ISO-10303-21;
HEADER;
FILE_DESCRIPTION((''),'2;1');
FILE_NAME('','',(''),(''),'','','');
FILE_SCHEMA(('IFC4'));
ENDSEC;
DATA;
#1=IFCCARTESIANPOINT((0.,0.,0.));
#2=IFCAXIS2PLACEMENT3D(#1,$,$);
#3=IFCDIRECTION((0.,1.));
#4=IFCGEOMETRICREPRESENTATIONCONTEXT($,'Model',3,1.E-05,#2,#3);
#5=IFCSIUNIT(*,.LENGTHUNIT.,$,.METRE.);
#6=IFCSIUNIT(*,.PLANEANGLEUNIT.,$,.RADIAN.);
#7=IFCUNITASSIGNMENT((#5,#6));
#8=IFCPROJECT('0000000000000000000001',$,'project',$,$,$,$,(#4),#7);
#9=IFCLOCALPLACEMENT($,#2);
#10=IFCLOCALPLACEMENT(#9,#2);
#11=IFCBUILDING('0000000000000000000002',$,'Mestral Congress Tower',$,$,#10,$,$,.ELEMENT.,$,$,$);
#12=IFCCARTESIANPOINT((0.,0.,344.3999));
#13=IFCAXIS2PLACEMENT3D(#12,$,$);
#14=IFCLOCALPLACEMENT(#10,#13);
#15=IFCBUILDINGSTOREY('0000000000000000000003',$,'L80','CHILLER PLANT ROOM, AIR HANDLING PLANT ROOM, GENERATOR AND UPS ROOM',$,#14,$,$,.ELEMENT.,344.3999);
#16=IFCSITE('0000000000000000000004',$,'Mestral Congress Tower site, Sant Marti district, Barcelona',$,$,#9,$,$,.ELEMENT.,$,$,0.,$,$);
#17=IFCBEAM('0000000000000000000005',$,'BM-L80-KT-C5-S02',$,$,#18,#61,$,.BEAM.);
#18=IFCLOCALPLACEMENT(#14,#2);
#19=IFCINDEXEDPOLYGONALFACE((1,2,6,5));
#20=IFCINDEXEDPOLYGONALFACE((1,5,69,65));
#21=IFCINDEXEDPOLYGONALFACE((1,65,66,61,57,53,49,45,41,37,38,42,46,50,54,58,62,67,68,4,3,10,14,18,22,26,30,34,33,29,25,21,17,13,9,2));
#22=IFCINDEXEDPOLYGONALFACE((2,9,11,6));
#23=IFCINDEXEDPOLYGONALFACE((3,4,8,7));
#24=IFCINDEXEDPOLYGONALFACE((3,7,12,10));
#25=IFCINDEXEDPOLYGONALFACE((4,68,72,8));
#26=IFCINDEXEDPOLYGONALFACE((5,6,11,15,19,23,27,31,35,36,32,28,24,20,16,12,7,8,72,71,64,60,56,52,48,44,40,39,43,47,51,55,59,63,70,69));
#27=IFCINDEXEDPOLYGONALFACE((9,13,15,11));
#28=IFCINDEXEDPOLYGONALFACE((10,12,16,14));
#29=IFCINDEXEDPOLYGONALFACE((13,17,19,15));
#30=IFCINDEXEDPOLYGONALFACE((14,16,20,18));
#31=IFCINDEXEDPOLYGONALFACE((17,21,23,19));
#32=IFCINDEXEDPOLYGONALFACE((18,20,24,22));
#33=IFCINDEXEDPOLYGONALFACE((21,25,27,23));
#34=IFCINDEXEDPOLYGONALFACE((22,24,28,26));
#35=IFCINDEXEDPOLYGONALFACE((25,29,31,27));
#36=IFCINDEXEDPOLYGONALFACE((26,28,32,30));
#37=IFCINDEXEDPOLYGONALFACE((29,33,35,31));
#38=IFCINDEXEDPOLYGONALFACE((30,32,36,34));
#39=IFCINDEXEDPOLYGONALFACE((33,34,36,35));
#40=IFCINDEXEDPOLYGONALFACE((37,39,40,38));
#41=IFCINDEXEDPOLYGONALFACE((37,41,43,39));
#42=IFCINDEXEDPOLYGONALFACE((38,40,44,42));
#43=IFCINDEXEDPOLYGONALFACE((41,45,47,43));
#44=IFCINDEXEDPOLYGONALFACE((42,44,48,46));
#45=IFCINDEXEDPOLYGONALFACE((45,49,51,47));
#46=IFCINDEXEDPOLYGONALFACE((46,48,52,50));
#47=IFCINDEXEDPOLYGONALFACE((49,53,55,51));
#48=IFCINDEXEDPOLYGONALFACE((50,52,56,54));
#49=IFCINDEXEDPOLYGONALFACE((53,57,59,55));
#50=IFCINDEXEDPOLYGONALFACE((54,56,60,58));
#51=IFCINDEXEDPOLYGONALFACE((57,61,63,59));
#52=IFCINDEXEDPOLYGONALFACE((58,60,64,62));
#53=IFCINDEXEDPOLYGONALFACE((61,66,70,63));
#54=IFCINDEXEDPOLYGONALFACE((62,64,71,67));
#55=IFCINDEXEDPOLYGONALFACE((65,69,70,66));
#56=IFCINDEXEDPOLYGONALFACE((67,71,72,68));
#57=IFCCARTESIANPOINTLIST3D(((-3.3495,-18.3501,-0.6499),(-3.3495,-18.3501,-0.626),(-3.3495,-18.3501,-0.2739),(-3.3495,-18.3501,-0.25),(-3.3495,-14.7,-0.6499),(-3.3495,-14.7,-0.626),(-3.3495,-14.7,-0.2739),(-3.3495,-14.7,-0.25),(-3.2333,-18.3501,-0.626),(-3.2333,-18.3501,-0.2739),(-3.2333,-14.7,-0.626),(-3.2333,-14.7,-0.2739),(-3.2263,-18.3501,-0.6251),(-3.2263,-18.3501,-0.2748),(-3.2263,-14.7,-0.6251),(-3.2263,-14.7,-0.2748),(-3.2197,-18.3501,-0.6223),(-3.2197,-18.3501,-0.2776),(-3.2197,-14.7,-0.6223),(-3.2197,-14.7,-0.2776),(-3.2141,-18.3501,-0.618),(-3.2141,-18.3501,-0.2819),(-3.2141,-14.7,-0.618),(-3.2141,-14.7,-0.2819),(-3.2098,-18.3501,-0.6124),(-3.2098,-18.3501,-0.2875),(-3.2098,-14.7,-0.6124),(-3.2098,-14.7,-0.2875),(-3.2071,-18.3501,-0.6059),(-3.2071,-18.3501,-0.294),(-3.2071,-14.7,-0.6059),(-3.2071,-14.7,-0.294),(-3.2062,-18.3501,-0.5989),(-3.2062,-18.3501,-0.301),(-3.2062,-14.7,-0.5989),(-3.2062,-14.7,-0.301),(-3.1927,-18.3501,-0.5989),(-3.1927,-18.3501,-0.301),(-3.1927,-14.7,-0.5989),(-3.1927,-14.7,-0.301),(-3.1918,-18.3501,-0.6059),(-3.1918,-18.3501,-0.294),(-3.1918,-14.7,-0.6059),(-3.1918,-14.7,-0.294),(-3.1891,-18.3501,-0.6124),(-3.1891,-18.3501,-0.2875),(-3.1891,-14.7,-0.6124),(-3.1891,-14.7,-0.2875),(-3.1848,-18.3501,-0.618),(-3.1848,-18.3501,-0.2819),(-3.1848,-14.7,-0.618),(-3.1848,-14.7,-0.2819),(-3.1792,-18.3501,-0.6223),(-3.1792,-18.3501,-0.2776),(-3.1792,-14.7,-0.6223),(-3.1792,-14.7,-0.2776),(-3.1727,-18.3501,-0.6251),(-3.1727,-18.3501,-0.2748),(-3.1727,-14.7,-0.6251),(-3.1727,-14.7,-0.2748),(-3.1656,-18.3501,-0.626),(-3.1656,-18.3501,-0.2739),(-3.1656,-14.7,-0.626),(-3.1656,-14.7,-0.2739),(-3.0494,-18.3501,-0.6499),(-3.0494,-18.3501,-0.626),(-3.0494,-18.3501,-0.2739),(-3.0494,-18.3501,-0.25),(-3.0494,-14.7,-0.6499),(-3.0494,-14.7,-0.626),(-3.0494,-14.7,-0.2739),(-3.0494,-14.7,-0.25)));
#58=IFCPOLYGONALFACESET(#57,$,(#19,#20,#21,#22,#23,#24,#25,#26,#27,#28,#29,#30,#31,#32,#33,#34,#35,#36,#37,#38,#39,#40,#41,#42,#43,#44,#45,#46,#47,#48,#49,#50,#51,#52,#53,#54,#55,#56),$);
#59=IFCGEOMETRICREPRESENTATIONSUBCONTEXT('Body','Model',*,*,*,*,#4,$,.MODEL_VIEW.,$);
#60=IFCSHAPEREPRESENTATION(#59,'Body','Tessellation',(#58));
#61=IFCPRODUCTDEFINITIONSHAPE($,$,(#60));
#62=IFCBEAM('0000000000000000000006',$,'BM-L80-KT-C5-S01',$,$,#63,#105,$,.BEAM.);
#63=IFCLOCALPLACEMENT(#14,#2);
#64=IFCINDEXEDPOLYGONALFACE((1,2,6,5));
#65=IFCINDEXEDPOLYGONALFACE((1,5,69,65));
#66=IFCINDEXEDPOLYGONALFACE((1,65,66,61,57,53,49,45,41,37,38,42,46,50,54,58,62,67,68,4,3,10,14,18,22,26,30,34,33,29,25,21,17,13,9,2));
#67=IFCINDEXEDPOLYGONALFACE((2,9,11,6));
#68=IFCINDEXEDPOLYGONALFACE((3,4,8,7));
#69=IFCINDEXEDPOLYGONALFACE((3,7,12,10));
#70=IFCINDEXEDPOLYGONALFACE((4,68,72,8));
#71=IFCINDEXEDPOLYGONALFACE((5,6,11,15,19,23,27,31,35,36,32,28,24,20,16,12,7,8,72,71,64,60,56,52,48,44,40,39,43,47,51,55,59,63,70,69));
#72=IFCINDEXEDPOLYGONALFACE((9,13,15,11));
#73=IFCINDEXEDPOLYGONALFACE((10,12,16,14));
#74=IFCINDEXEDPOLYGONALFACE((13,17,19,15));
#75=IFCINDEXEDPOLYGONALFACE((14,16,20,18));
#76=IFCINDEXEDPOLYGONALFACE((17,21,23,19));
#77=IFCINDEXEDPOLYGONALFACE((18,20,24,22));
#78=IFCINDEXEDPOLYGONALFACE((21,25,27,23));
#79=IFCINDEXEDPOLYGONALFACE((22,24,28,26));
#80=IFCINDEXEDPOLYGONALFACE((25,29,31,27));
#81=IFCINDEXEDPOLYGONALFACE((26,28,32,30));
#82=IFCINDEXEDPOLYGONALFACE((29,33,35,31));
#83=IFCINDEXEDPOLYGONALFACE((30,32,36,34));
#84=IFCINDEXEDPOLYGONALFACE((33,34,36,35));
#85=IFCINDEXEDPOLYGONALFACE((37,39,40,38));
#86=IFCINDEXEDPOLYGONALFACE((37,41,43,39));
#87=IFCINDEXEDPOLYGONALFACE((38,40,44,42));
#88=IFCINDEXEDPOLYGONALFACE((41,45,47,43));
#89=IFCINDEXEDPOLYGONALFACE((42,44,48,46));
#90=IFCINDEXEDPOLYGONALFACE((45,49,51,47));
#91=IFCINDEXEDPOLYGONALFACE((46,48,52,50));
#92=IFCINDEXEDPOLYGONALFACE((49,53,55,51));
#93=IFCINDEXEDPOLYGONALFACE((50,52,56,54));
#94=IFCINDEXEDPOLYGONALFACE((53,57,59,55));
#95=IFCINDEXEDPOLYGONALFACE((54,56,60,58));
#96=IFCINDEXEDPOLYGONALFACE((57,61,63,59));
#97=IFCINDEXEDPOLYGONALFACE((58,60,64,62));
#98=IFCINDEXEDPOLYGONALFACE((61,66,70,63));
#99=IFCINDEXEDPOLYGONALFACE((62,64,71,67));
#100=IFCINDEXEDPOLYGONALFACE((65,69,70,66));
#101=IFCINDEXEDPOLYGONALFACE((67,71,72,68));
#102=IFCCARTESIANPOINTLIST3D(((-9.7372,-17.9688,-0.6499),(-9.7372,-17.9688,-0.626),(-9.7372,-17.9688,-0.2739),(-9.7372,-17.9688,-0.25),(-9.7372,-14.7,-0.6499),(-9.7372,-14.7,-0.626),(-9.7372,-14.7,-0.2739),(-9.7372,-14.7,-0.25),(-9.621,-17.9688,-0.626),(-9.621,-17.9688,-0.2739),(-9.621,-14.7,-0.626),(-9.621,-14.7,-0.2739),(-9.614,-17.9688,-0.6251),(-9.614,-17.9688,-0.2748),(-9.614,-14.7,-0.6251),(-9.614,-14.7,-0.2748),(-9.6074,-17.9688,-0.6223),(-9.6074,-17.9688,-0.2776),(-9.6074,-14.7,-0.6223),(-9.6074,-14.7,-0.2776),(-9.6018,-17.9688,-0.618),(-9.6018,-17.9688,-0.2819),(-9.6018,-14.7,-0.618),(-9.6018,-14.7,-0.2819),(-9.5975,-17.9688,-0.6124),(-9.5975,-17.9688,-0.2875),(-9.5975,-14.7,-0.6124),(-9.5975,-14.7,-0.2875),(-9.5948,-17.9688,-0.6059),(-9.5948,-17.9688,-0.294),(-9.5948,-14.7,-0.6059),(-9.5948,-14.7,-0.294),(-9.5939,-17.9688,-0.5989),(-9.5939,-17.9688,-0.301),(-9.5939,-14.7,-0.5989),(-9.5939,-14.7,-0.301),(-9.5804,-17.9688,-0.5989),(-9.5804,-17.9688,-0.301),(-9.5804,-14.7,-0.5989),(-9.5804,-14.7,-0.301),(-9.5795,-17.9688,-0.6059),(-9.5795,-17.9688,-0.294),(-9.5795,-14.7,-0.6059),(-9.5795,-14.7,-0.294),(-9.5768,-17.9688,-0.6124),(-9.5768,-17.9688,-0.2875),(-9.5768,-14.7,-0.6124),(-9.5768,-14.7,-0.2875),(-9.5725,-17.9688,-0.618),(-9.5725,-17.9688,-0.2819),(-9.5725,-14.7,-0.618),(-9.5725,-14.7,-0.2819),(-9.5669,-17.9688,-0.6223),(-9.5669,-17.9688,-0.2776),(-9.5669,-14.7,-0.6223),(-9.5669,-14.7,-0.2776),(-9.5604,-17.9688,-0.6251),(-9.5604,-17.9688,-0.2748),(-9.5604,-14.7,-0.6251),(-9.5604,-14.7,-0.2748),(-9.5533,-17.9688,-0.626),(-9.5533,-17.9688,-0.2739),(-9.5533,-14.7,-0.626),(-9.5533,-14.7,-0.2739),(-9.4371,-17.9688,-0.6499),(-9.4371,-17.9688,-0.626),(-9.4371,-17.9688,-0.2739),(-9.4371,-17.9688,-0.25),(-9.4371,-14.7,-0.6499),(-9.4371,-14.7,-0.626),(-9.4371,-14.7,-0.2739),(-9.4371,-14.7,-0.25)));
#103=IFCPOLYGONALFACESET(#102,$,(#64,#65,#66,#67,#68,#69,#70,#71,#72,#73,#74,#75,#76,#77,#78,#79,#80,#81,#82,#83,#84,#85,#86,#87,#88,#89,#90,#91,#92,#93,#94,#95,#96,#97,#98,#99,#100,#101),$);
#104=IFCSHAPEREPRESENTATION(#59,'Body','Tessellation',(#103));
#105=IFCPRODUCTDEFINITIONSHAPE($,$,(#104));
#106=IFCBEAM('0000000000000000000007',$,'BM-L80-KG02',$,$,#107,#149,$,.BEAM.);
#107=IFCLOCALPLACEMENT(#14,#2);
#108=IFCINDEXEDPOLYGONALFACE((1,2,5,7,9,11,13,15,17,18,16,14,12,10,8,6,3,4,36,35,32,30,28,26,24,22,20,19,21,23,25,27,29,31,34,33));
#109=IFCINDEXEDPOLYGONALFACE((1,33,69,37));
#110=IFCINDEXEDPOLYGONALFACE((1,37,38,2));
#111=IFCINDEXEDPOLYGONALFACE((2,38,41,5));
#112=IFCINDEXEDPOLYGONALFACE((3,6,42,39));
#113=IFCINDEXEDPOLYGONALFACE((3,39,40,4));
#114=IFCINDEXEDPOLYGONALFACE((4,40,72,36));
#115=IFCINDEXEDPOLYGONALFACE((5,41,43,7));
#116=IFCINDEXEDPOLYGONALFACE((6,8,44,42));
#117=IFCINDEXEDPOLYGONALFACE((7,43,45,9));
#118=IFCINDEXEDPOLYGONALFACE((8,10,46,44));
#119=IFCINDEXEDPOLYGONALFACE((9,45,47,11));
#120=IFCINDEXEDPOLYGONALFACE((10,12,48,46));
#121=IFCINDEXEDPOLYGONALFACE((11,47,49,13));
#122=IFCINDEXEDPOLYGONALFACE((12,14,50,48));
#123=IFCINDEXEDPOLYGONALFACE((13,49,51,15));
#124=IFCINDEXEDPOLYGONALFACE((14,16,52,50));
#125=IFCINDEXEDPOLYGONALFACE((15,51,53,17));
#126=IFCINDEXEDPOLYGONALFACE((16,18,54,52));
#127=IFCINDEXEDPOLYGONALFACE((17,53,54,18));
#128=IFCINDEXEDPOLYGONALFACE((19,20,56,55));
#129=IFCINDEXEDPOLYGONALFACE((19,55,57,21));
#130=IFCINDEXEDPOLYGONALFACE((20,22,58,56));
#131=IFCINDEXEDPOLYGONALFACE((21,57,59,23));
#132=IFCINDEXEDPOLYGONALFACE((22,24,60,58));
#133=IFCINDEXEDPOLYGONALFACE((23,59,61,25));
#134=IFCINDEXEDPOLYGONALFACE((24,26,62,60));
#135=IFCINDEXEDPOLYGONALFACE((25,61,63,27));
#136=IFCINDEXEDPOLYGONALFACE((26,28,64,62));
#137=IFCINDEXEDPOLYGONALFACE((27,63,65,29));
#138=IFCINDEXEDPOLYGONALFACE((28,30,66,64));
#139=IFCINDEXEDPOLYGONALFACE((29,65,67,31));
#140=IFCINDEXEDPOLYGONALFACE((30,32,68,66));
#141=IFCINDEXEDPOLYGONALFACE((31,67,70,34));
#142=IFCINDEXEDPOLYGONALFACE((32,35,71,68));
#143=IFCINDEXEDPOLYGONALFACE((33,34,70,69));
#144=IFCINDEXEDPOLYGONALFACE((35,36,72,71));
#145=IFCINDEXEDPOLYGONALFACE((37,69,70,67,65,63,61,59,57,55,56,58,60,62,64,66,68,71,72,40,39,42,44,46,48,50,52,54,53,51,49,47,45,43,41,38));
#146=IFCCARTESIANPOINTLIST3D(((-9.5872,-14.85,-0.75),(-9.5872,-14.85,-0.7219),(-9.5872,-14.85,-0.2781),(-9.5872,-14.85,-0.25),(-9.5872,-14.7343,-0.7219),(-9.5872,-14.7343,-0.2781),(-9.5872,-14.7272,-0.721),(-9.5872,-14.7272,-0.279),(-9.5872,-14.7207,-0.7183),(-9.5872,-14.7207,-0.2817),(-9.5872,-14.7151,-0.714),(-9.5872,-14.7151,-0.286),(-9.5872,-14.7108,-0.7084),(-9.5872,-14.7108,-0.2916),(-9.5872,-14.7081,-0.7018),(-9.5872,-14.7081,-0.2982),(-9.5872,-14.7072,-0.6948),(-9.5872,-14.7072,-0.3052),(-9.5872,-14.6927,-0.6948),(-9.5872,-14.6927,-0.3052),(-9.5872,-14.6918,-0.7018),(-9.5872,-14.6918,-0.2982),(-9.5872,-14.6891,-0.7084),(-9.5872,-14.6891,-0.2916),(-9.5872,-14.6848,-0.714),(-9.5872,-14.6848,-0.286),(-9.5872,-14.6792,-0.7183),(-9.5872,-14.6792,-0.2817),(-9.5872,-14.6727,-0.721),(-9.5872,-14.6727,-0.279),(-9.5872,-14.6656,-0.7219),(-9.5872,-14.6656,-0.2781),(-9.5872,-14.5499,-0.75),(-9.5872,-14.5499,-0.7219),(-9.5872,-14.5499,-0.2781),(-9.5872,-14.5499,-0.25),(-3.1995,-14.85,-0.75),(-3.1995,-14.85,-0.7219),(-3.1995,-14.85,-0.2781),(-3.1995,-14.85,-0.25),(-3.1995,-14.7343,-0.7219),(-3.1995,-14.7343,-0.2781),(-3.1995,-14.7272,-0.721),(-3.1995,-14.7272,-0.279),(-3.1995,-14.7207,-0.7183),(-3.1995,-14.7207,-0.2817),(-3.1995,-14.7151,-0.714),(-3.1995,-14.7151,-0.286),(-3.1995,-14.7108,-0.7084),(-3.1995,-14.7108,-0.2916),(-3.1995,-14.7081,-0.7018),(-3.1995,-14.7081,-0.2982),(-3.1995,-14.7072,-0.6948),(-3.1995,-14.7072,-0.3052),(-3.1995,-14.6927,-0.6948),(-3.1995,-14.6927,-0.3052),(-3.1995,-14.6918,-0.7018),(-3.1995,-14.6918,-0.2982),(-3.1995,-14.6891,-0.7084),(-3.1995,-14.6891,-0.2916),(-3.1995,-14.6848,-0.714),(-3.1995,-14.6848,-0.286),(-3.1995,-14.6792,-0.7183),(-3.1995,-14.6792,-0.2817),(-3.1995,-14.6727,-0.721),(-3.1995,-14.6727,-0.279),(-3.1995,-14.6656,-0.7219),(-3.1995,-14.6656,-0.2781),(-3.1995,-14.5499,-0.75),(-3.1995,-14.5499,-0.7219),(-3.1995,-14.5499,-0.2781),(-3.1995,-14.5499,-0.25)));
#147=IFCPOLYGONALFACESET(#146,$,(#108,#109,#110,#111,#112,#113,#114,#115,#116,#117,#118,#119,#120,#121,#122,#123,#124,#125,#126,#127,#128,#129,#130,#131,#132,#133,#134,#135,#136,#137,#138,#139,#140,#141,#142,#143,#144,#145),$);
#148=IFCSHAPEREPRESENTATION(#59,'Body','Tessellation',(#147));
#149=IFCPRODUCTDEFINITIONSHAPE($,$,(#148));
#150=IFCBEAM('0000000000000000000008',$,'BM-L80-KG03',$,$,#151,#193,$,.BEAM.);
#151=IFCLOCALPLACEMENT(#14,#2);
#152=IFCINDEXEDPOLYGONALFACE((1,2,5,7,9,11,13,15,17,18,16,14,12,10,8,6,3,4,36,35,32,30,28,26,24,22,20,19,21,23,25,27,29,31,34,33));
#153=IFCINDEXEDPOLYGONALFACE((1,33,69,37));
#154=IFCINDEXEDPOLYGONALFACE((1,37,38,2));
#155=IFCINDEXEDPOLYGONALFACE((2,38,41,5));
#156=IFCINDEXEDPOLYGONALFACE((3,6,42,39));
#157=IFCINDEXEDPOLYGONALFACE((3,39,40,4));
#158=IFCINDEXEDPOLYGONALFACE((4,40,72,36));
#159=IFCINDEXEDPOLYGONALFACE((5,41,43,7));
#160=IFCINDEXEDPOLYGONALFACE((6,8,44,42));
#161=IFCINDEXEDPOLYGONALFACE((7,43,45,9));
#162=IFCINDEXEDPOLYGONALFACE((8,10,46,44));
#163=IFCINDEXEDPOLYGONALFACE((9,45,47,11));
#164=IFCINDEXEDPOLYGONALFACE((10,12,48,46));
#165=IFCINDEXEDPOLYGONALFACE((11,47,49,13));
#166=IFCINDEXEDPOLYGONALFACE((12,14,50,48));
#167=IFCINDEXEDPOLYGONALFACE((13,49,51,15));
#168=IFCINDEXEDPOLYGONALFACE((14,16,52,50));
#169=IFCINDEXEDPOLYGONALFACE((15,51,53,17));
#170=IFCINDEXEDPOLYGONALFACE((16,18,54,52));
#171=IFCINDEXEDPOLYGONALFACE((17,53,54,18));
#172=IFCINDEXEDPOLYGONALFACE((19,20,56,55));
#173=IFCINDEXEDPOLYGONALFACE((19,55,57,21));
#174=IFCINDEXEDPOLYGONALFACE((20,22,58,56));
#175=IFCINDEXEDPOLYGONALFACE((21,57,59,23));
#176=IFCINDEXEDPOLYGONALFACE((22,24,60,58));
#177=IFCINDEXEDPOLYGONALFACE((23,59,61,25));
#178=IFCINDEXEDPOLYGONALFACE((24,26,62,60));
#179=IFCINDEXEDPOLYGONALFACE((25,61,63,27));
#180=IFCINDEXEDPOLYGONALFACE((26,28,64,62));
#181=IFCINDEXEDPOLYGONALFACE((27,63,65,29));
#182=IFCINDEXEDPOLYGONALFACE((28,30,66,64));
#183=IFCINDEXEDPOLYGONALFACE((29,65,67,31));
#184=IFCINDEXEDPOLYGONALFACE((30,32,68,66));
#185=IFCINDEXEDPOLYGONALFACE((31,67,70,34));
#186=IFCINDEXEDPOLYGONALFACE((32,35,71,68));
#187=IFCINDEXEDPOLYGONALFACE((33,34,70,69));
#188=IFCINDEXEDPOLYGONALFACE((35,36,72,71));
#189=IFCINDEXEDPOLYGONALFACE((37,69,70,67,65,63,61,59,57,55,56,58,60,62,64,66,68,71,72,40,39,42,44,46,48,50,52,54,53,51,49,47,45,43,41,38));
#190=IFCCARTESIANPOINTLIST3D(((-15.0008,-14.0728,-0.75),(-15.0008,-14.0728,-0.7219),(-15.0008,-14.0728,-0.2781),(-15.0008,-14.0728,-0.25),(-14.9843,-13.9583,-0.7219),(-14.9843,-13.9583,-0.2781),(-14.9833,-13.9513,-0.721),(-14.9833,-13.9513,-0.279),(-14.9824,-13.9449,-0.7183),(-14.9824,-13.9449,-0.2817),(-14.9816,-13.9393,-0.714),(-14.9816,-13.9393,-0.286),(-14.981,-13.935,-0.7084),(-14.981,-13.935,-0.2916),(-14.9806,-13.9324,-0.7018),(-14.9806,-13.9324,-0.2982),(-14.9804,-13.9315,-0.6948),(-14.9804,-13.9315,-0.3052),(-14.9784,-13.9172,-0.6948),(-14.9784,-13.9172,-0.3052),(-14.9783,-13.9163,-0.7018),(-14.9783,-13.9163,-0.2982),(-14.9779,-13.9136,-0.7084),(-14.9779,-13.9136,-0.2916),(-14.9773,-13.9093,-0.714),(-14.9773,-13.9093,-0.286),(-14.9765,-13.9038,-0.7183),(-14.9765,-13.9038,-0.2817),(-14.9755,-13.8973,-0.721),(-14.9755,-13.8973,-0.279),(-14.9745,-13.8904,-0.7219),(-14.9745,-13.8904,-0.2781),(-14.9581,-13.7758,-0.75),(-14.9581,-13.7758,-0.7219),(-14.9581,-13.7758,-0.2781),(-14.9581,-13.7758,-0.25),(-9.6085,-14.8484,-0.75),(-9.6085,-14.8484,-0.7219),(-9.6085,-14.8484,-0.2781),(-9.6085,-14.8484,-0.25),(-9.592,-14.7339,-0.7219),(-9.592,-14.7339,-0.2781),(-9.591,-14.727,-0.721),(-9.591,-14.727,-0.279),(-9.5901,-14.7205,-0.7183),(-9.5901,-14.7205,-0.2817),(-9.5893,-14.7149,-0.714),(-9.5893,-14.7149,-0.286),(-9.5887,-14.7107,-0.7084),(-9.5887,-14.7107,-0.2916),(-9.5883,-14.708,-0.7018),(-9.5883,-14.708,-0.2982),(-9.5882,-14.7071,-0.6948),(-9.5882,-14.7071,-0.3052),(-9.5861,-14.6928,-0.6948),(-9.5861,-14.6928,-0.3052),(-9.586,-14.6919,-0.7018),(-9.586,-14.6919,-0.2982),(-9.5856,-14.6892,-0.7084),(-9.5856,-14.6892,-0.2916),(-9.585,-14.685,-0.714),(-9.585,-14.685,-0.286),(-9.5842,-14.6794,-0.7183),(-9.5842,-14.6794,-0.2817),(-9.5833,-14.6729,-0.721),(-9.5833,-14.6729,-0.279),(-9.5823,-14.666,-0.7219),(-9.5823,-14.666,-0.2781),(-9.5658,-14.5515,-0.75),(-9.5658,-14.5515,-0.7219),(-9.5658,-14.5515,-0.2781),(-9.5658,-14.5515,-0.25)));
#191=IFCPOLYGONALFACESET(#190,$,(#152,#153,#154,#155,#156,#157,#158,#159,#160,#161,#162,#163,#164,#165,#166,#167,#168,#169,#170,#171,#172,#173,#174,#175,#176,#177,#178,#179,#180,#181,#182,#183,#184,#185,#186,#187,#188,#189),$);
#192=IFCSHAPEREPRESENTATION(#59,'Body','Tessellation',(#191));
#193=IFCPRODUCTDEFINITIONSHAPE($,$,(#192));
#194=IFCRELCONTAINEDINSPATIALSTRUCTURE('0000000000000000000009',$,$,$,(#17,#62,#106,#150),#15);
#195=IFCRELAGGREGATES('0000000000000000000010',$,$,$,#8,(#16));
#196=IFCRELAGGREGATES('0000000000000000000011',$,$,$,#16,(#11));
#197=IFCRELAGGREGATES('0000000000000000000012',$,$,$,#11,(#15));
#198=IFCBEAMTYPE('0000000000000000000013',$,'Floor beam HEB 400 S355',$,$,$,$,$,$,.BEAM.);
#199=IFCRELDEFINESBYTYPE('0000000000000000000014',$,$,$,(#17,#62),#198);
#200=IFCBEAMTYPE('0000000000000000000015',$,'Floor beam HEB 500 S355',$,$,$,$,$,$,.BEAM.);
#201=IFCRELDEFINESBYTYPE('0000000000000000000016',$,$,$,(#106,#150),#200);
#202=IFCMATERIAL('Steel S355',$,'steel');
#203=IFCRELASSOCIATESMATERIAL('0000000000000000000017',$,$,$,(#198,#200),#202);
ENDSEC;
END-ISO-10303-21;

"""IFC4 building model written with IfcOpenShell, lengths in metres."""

from ifc_helpers import new_model, si_unit, direction, frame, origin, origin_2d, place, context, subcontext, project, spatial, i_section, extrude, material, material_profile, profile_set, type_object, element, save


model = new_model("IFC4")

# Units and contexts
model_context = context("Model", 3, precision=1e-05, world=origin(), true_north=direction((0.0, 1.0)))
body_context = subcontext(model_context, "Body", "Model", "MODEL_VIEW")
ifc_project = project(units=[si_unit("LENGTHUNIT", "METRE"), si_unit("PLANEANGLEUNIT", "RADIAN")], contexts=[model_context])

# Site, building, storey
site_placement = place(None, origin())
site = spatial("IfcSite", under=ifc_project, at=site_placement, Name="Mestral Congress Tower site, Sant Marti district, Barcelona", CompositionType="ELEMENT", RefElevation=0.0)
building_placement = place(site_placement, origin())
building = spatial("IfcBuilding", under=site, at=building_placement, Name="Mestral Congress Tower", CompositionType="ELEMENT")
storey_placement = place(building_placement, frame((0.0, 0.0, 344.3999)))
storey = spatial("IfcBuildingStorey", under=building, at=storey_placement, Name="L80", Description="CHILLER PLANT ROOM, AIR HANDLING PLANT ROOM, GENERATOR AND UPS ROOM", CompositionType="ELEMENT", Elevation=344.3999)

# Shared definitions
ifc_material_1 = material(Name="Steel S355", Category="steel")

# Beams
ifc_material_profile_1 = material_profile(ifc_material_1, i_section(OverallWidth=0.3, OverallDepth=0.3999, WebThickness=0.0134, FlangeThickness=0.0239, FilletRadius=0.0271, at=origin_2d()), Name="HEB 400")
ifc_profile_set_1 = profile_set([ifc_material_profile_1], Name="Steel S355")
beam_type_1 = type_object("IfcBeamType", Name="Floor beam HEB 400 S355", PredefinedType="BEAM", material=ifc_profile_set_1)
beam_1_placement = place(storey_placement, frame((-3.1995, -18.3501, -0.45), z_axis=(0.0, 1.0, 0.0), x_axis=(-1.0, 0.0, 0.0)))
element("IfcBeam", 1, at=beam_1_placement, inside=storey, type_object=beam_type_1, Name="BM-L80-KT-C5-S02", PredefinedType="BEAM", context=body_context, shape_type="SweptSolid", body=[
    extrude(i_section(OverallWidth=0.3, OverallDepth=0.3999, WebThickness=0.0134, FlangeThickness=0.0239, FilletRadius=0.0271, at=origin_2d()), origin(), (0.0, 0.0, 1.0), 3.6501),
])
beam_2_placement = place(storey_placement, frame((-9.5872, -17.9688, -0.45), z_axis=(0.0, 1.0, 0.0), x_axis=(-1.0, 0.0, 0.0)))
element("IfcBeam", 2, at=beam_2_placement, inside=storey, type_object=beam_type_1, Name="BM-L80-KT-C5-S01", PredefinedType="BEAM", context=body_context, shape_type="SweptSolid", body=[
    extrude(i_section(OverallWidth=0.3, OverallDepth=0.3999, WebThickness=0.0134, FlangeThickness=0.0239, FilletRadius=0.0271, at=origin_2d()), origin(), (0.0, 0.0, 1.0), 3.2688),
])
ifc_material_profile_2 = material_profile(ifc_material_1, i_section(OverallWidth=0.3, OverallDepth=0.5, WebThickness=0.0144, FlangeThickness=0.0281, FilletRadius=0.0271, at=origin_2d()), Name="HEB 500")
ifc_profile_set_2 = profile_set([ifc_material_profile_2], Name="Steel S355")
beam_type_2 = type_object("IfcBeamType", Name="Floor beam HEB 500 S355", PredefinedType="BEAM", material=ifc_profile_set_2)
beam_3_placement = place(storey_placement, frame((-3.1995, -14.7, -0.5), z_axis=(-1.0, 0.0, 0.0), x_axis=(0.0, -1.0, 0.0)))
element("IfcBeam", 3, at=beam_3_placement, inside=storey, type_object=beam_type_2, Name="BM-L80-KG02", PredefinedType="BEAM", context=body_context, shape_type="SweptSolid", body=[
    extrude(i_section(OverallWidth=0.3, OverallDepth=0.5, WebThickness=0.0144, FlangeThickness=0.0281, FilletRadius=0.0271, at=origin_2d()), origin(), (0.0, 0.0, 1.0), 6.3877),
])
beam_4_placement = place(storey_placement, frame((-9.5872, -14.7, -0.5), z_axis=(-0.989813, 0.142375, 0.0), x_axis=(-0.142375, -0.989813, 0.0)))
element("IfcBeam", 4, at=beam_4_placement, inside=storey, type_object=beam_type_2, Name="BM-L80-KG03", PredefinedType="BEAM", context=body_context, shape_type="SweptSolid", body=[
    extrude(i_section(OverallWidth=0.3, OverallDepth=0.5, WebThickness=0.0144, FlangeThickness=0.0281, FilletRadius=0.0271, at=origin_2d()), origin(), (0.0, 0.0, 1.0), 5.4478),
])

save(model, "model.ifc")
